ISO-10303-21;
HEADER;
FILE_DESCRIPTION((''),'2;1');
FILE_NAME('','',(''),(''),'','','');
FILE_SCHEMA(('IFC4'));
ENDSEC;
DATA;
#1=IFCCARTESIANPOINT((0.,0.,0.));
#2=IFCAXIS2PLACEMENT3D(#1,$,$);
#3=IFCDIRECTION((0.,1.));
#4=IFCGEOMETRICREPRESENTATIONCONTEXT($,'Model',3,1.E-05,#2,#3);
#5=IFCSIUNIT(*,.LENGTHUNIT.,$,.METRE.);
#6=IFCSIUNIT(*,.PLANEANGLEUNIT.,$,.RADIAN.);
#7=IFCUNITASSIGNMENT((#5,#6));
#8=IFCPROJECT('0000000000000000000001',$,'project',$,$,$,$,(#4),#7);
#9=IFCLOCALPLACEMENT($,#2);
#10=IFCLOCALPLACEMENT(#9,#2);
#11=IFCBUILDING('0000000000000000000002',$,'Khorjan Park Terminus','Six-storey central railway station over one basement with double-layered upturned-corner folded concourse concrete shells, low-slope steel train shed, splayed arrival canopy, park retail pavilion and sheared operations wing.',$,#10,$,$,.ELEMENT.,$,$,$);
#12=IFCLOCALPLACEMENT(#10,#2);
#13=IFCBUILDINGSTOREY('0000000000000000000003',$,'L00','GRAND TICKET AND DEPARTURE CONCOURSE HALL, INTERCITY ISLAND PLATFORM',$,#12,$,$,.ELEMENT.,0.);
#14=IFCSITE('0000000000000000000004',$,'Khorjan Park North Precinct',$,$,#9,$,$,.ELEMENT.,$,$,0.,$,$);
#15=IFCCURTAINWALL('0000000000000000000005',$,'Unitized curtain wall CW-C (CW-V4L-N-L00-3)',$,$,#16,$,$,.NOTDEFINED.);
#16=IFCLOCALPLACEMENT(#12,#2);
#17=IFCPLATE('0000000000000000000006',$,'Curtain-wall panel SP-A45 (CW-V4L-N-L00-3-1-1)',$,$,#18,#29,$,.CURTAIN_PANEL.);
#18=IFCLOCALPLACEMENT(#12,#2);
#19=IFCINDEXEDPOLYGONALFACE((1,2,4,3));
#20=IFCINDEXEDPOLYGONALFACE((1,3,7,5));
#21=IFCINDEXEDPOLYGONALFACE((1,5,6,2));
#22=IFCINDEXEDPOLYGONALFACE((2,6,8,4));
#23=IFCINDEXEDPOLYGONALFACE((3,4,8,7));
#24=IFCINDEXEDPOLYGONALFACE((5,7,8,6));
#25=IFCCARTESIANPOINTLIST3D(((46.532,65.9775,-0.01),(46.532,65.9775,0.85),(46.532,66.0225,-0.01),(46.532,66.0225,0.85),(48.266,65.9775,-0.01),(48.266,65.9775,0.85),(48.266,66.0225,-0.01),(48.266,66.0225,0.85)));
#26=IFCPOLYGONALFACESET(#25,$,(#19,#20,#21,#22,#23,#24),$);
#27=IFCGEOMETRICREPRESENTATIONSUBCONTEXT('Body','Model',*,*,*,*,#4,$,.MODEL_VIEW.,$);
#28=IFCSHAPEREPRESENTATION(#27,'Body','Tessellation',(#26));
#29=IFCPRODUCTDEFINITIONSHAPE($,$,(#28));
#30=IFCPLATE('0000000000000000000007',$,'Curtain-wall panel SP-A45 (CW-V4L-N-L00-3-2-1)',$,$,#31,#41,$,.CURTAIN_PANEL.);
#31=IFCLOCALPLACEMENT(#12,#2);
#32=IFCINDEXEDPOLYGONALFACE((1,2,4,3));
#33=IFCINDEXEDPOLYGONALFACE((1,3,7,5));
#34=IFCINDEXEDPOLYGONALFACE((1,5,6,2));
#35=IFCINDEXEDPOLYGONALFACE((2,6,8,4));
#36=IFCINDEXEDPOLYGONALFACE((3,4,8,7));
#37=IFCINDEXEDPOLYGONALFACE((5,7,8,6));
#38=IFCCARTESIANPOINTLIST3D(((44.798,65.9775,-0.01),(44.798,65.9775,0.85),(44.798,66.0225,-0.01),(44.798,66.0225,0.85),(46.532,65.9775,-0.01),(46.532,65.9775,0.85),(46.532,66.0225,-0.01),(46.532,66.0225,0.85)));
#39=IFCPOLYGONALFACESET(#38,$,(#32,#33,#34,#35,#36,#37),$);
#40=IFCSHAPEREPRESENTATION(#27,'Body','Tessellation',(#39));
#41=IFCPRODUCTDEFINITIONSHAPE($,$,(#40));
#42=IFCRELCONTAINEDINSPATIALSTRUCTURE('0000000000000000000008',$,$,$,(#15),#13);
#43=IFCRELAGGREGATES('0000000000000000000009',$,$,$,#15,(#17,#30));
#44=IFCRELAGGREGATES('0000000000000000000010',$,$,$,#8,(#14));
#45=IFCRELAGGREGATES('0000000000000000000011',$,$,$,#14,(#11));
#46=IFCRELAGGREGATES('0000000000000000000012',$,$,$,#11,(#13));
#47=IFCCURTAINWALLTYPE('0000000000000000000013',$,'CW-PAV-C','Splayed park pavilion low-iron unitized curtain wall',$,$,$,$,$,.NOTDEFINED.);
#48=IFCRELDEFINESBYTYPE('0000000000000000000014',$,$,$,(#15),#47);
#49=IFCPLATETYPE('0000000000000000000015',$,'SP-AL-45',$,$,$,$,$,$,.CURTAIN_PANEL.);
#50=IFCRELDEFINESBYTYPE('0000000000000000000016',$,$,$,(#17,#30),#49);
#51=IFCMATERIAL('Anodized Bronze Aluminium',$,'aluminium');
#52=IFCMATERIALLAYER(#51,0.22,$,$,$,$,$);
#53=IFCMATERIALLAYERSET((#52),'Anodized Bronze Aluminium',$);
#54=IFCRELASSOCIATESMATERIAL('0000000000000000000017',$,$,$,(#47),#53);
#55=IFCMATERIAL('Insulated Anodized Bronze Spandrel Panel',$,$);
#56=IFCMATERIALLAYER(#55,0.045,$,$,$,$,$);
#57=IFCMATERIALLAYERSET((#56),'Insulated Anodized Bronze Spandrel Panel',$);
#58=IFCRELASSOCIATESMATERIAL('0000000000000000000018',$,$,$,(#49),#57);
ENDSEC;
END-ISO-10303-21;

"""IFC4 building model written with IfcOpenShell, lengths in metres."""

from ifc_helpers import new_model, si_unit, direction, frame, origin, origin_2d, place, context, subcontext, project, spatial, rectangle, extrude, material, layer, layer_set, type_object, element, aggregate, save


model = new_model("IFC4")

# Units and contexts
model_context = context("Model", 3, precision=1e-05, world=origin(), true_north=direction((0.0, 1.0)))
body_context = subcontext(model_context, "Body", "Model", "MODEL_VIEW")
ifc_project = project(units=[si_unit("LENGTHUNIT", "METRE"), si_unit("PLANEANGLEUNIT", "RADIAN")], contexts=[model_context])

# Site, building, storey
site_placement = place(None, origin())
site = spatial("IfcSite", under=ifc_project, at=site_placement, Name="Khorjan Park North Precinct", CompositionType="ELEMENT", RefElevation=0.0)
building_placement = place(site_placement, origin())
building = spatial("IfcBuilding", under=site, at=building_placement, Name="Khorjan Park Terminus", Description="Six-storey central railway station over one basement with double-layered upturned-corner folded concourse concrete shells, low-slope steel train shed, splayed arrival canopy, park retail pavilion and sheared operations wing.", CompositionType="ELEMENT")
storey_placement = place(building_placement, origin())
storey = spatial("IfcBuildingStorey", under=building, at=storey_placement, Name="L00", Description="GRAND TICKET AND DEPARTURE CONCOURSE HALL, INTERCITY ISLAND PLATFORM", CompositionType="ELEMENT", Elevation=0.0)

# Curtain wall, plates
ifc_material_1 = material(Name="Anodized Bronze Aluminium", Category="aluminium")
ifc_layer_1 = layer(ifc_material_1, 0.22)
ifc_layer_set_1 = layer_set([ifc_layer_1], Name="Anodized Bronze Aluminium")
curtain_wall_type = type_object("IfcCurtainWallType", Name="CW-PAV-C", Description="Splayed park pavilion low-iron unitized curtain wall", PredefinedType="NOTDEFINED", material=ifc_layer_set_1)
curtain_wall_placement = place(storey_placement, origin())
curtain_wall = element("IfcCurtainWall", 1, at=curtain_wall_placement, inside=storey, type_object=curtain_wall_type, Name="Unitized curtain wall CW-C (CW-V4L-N-L00-3)", PredefinedType="NOTDEFINED")
ifc_material_2 = material(Name="Insulated Anodized Bronze Spandrel Panel")
ifc_layer_2 = layer(ifc_material_2, 0.045)
ifc_layer_set_2 = layer_set([ifc_layer_2], Name="Insulated Anodized Bronze Spandrel Panel")
plate_type_1 = type_object("IfcPlateType", Name="SP-AL-45", PredefinedType="CURTAIN_PANEL", material=ifc_layer_set_2)
plate_1_placement = place(storey_placement, frame((47.399, 66.0, -0.01), z_axis=(0.0, 0.0, 1.0), x_axis=(-1.0, 0.0, 0.0)))
plate_1 = element("IfcPlate", 2, at=plate_1_placement, type_object=plate_type_1, Name="Curtain-wall panel SP-A45 (CW-V4L-N-L00-3-1-1)", PredefinedType="CURTAIN_PANEL", context=body_context, shape_type="SweptSolid", body=[
    extrude(rectangle(XDim=1.734, YDim=0.045, at=origin_2d()), origin(), (0.0, 0.0, 1.0), 0.86),
])
plate_2_placement = place(storey_placement, frame((45.665, 66.0, -0.01), z_axis=(0.0, 0.0, 1.0), x_axis=(-1.0, 0.0, 0.0)))
plate_2 = element("IfcPlate", 3, at=plate_2_placement, type_object=plate_type_1, Name="Curtain-wall panel SP-A45 (CW-V4L-N-L00-3-2-1)", PredefinedType="CURTAIN_PANEL", context=body_context, shape_type="SweptSolid", body=[
    extrude(rectangle(XDim=1.734, YDim=0.045, at=origin_2d()), origin(), (0.0, 0.0, 1.0), 0.86),
])
aggregate(curtain_wall, [plate_1, plate_2])

save(model, "model.ifc")
